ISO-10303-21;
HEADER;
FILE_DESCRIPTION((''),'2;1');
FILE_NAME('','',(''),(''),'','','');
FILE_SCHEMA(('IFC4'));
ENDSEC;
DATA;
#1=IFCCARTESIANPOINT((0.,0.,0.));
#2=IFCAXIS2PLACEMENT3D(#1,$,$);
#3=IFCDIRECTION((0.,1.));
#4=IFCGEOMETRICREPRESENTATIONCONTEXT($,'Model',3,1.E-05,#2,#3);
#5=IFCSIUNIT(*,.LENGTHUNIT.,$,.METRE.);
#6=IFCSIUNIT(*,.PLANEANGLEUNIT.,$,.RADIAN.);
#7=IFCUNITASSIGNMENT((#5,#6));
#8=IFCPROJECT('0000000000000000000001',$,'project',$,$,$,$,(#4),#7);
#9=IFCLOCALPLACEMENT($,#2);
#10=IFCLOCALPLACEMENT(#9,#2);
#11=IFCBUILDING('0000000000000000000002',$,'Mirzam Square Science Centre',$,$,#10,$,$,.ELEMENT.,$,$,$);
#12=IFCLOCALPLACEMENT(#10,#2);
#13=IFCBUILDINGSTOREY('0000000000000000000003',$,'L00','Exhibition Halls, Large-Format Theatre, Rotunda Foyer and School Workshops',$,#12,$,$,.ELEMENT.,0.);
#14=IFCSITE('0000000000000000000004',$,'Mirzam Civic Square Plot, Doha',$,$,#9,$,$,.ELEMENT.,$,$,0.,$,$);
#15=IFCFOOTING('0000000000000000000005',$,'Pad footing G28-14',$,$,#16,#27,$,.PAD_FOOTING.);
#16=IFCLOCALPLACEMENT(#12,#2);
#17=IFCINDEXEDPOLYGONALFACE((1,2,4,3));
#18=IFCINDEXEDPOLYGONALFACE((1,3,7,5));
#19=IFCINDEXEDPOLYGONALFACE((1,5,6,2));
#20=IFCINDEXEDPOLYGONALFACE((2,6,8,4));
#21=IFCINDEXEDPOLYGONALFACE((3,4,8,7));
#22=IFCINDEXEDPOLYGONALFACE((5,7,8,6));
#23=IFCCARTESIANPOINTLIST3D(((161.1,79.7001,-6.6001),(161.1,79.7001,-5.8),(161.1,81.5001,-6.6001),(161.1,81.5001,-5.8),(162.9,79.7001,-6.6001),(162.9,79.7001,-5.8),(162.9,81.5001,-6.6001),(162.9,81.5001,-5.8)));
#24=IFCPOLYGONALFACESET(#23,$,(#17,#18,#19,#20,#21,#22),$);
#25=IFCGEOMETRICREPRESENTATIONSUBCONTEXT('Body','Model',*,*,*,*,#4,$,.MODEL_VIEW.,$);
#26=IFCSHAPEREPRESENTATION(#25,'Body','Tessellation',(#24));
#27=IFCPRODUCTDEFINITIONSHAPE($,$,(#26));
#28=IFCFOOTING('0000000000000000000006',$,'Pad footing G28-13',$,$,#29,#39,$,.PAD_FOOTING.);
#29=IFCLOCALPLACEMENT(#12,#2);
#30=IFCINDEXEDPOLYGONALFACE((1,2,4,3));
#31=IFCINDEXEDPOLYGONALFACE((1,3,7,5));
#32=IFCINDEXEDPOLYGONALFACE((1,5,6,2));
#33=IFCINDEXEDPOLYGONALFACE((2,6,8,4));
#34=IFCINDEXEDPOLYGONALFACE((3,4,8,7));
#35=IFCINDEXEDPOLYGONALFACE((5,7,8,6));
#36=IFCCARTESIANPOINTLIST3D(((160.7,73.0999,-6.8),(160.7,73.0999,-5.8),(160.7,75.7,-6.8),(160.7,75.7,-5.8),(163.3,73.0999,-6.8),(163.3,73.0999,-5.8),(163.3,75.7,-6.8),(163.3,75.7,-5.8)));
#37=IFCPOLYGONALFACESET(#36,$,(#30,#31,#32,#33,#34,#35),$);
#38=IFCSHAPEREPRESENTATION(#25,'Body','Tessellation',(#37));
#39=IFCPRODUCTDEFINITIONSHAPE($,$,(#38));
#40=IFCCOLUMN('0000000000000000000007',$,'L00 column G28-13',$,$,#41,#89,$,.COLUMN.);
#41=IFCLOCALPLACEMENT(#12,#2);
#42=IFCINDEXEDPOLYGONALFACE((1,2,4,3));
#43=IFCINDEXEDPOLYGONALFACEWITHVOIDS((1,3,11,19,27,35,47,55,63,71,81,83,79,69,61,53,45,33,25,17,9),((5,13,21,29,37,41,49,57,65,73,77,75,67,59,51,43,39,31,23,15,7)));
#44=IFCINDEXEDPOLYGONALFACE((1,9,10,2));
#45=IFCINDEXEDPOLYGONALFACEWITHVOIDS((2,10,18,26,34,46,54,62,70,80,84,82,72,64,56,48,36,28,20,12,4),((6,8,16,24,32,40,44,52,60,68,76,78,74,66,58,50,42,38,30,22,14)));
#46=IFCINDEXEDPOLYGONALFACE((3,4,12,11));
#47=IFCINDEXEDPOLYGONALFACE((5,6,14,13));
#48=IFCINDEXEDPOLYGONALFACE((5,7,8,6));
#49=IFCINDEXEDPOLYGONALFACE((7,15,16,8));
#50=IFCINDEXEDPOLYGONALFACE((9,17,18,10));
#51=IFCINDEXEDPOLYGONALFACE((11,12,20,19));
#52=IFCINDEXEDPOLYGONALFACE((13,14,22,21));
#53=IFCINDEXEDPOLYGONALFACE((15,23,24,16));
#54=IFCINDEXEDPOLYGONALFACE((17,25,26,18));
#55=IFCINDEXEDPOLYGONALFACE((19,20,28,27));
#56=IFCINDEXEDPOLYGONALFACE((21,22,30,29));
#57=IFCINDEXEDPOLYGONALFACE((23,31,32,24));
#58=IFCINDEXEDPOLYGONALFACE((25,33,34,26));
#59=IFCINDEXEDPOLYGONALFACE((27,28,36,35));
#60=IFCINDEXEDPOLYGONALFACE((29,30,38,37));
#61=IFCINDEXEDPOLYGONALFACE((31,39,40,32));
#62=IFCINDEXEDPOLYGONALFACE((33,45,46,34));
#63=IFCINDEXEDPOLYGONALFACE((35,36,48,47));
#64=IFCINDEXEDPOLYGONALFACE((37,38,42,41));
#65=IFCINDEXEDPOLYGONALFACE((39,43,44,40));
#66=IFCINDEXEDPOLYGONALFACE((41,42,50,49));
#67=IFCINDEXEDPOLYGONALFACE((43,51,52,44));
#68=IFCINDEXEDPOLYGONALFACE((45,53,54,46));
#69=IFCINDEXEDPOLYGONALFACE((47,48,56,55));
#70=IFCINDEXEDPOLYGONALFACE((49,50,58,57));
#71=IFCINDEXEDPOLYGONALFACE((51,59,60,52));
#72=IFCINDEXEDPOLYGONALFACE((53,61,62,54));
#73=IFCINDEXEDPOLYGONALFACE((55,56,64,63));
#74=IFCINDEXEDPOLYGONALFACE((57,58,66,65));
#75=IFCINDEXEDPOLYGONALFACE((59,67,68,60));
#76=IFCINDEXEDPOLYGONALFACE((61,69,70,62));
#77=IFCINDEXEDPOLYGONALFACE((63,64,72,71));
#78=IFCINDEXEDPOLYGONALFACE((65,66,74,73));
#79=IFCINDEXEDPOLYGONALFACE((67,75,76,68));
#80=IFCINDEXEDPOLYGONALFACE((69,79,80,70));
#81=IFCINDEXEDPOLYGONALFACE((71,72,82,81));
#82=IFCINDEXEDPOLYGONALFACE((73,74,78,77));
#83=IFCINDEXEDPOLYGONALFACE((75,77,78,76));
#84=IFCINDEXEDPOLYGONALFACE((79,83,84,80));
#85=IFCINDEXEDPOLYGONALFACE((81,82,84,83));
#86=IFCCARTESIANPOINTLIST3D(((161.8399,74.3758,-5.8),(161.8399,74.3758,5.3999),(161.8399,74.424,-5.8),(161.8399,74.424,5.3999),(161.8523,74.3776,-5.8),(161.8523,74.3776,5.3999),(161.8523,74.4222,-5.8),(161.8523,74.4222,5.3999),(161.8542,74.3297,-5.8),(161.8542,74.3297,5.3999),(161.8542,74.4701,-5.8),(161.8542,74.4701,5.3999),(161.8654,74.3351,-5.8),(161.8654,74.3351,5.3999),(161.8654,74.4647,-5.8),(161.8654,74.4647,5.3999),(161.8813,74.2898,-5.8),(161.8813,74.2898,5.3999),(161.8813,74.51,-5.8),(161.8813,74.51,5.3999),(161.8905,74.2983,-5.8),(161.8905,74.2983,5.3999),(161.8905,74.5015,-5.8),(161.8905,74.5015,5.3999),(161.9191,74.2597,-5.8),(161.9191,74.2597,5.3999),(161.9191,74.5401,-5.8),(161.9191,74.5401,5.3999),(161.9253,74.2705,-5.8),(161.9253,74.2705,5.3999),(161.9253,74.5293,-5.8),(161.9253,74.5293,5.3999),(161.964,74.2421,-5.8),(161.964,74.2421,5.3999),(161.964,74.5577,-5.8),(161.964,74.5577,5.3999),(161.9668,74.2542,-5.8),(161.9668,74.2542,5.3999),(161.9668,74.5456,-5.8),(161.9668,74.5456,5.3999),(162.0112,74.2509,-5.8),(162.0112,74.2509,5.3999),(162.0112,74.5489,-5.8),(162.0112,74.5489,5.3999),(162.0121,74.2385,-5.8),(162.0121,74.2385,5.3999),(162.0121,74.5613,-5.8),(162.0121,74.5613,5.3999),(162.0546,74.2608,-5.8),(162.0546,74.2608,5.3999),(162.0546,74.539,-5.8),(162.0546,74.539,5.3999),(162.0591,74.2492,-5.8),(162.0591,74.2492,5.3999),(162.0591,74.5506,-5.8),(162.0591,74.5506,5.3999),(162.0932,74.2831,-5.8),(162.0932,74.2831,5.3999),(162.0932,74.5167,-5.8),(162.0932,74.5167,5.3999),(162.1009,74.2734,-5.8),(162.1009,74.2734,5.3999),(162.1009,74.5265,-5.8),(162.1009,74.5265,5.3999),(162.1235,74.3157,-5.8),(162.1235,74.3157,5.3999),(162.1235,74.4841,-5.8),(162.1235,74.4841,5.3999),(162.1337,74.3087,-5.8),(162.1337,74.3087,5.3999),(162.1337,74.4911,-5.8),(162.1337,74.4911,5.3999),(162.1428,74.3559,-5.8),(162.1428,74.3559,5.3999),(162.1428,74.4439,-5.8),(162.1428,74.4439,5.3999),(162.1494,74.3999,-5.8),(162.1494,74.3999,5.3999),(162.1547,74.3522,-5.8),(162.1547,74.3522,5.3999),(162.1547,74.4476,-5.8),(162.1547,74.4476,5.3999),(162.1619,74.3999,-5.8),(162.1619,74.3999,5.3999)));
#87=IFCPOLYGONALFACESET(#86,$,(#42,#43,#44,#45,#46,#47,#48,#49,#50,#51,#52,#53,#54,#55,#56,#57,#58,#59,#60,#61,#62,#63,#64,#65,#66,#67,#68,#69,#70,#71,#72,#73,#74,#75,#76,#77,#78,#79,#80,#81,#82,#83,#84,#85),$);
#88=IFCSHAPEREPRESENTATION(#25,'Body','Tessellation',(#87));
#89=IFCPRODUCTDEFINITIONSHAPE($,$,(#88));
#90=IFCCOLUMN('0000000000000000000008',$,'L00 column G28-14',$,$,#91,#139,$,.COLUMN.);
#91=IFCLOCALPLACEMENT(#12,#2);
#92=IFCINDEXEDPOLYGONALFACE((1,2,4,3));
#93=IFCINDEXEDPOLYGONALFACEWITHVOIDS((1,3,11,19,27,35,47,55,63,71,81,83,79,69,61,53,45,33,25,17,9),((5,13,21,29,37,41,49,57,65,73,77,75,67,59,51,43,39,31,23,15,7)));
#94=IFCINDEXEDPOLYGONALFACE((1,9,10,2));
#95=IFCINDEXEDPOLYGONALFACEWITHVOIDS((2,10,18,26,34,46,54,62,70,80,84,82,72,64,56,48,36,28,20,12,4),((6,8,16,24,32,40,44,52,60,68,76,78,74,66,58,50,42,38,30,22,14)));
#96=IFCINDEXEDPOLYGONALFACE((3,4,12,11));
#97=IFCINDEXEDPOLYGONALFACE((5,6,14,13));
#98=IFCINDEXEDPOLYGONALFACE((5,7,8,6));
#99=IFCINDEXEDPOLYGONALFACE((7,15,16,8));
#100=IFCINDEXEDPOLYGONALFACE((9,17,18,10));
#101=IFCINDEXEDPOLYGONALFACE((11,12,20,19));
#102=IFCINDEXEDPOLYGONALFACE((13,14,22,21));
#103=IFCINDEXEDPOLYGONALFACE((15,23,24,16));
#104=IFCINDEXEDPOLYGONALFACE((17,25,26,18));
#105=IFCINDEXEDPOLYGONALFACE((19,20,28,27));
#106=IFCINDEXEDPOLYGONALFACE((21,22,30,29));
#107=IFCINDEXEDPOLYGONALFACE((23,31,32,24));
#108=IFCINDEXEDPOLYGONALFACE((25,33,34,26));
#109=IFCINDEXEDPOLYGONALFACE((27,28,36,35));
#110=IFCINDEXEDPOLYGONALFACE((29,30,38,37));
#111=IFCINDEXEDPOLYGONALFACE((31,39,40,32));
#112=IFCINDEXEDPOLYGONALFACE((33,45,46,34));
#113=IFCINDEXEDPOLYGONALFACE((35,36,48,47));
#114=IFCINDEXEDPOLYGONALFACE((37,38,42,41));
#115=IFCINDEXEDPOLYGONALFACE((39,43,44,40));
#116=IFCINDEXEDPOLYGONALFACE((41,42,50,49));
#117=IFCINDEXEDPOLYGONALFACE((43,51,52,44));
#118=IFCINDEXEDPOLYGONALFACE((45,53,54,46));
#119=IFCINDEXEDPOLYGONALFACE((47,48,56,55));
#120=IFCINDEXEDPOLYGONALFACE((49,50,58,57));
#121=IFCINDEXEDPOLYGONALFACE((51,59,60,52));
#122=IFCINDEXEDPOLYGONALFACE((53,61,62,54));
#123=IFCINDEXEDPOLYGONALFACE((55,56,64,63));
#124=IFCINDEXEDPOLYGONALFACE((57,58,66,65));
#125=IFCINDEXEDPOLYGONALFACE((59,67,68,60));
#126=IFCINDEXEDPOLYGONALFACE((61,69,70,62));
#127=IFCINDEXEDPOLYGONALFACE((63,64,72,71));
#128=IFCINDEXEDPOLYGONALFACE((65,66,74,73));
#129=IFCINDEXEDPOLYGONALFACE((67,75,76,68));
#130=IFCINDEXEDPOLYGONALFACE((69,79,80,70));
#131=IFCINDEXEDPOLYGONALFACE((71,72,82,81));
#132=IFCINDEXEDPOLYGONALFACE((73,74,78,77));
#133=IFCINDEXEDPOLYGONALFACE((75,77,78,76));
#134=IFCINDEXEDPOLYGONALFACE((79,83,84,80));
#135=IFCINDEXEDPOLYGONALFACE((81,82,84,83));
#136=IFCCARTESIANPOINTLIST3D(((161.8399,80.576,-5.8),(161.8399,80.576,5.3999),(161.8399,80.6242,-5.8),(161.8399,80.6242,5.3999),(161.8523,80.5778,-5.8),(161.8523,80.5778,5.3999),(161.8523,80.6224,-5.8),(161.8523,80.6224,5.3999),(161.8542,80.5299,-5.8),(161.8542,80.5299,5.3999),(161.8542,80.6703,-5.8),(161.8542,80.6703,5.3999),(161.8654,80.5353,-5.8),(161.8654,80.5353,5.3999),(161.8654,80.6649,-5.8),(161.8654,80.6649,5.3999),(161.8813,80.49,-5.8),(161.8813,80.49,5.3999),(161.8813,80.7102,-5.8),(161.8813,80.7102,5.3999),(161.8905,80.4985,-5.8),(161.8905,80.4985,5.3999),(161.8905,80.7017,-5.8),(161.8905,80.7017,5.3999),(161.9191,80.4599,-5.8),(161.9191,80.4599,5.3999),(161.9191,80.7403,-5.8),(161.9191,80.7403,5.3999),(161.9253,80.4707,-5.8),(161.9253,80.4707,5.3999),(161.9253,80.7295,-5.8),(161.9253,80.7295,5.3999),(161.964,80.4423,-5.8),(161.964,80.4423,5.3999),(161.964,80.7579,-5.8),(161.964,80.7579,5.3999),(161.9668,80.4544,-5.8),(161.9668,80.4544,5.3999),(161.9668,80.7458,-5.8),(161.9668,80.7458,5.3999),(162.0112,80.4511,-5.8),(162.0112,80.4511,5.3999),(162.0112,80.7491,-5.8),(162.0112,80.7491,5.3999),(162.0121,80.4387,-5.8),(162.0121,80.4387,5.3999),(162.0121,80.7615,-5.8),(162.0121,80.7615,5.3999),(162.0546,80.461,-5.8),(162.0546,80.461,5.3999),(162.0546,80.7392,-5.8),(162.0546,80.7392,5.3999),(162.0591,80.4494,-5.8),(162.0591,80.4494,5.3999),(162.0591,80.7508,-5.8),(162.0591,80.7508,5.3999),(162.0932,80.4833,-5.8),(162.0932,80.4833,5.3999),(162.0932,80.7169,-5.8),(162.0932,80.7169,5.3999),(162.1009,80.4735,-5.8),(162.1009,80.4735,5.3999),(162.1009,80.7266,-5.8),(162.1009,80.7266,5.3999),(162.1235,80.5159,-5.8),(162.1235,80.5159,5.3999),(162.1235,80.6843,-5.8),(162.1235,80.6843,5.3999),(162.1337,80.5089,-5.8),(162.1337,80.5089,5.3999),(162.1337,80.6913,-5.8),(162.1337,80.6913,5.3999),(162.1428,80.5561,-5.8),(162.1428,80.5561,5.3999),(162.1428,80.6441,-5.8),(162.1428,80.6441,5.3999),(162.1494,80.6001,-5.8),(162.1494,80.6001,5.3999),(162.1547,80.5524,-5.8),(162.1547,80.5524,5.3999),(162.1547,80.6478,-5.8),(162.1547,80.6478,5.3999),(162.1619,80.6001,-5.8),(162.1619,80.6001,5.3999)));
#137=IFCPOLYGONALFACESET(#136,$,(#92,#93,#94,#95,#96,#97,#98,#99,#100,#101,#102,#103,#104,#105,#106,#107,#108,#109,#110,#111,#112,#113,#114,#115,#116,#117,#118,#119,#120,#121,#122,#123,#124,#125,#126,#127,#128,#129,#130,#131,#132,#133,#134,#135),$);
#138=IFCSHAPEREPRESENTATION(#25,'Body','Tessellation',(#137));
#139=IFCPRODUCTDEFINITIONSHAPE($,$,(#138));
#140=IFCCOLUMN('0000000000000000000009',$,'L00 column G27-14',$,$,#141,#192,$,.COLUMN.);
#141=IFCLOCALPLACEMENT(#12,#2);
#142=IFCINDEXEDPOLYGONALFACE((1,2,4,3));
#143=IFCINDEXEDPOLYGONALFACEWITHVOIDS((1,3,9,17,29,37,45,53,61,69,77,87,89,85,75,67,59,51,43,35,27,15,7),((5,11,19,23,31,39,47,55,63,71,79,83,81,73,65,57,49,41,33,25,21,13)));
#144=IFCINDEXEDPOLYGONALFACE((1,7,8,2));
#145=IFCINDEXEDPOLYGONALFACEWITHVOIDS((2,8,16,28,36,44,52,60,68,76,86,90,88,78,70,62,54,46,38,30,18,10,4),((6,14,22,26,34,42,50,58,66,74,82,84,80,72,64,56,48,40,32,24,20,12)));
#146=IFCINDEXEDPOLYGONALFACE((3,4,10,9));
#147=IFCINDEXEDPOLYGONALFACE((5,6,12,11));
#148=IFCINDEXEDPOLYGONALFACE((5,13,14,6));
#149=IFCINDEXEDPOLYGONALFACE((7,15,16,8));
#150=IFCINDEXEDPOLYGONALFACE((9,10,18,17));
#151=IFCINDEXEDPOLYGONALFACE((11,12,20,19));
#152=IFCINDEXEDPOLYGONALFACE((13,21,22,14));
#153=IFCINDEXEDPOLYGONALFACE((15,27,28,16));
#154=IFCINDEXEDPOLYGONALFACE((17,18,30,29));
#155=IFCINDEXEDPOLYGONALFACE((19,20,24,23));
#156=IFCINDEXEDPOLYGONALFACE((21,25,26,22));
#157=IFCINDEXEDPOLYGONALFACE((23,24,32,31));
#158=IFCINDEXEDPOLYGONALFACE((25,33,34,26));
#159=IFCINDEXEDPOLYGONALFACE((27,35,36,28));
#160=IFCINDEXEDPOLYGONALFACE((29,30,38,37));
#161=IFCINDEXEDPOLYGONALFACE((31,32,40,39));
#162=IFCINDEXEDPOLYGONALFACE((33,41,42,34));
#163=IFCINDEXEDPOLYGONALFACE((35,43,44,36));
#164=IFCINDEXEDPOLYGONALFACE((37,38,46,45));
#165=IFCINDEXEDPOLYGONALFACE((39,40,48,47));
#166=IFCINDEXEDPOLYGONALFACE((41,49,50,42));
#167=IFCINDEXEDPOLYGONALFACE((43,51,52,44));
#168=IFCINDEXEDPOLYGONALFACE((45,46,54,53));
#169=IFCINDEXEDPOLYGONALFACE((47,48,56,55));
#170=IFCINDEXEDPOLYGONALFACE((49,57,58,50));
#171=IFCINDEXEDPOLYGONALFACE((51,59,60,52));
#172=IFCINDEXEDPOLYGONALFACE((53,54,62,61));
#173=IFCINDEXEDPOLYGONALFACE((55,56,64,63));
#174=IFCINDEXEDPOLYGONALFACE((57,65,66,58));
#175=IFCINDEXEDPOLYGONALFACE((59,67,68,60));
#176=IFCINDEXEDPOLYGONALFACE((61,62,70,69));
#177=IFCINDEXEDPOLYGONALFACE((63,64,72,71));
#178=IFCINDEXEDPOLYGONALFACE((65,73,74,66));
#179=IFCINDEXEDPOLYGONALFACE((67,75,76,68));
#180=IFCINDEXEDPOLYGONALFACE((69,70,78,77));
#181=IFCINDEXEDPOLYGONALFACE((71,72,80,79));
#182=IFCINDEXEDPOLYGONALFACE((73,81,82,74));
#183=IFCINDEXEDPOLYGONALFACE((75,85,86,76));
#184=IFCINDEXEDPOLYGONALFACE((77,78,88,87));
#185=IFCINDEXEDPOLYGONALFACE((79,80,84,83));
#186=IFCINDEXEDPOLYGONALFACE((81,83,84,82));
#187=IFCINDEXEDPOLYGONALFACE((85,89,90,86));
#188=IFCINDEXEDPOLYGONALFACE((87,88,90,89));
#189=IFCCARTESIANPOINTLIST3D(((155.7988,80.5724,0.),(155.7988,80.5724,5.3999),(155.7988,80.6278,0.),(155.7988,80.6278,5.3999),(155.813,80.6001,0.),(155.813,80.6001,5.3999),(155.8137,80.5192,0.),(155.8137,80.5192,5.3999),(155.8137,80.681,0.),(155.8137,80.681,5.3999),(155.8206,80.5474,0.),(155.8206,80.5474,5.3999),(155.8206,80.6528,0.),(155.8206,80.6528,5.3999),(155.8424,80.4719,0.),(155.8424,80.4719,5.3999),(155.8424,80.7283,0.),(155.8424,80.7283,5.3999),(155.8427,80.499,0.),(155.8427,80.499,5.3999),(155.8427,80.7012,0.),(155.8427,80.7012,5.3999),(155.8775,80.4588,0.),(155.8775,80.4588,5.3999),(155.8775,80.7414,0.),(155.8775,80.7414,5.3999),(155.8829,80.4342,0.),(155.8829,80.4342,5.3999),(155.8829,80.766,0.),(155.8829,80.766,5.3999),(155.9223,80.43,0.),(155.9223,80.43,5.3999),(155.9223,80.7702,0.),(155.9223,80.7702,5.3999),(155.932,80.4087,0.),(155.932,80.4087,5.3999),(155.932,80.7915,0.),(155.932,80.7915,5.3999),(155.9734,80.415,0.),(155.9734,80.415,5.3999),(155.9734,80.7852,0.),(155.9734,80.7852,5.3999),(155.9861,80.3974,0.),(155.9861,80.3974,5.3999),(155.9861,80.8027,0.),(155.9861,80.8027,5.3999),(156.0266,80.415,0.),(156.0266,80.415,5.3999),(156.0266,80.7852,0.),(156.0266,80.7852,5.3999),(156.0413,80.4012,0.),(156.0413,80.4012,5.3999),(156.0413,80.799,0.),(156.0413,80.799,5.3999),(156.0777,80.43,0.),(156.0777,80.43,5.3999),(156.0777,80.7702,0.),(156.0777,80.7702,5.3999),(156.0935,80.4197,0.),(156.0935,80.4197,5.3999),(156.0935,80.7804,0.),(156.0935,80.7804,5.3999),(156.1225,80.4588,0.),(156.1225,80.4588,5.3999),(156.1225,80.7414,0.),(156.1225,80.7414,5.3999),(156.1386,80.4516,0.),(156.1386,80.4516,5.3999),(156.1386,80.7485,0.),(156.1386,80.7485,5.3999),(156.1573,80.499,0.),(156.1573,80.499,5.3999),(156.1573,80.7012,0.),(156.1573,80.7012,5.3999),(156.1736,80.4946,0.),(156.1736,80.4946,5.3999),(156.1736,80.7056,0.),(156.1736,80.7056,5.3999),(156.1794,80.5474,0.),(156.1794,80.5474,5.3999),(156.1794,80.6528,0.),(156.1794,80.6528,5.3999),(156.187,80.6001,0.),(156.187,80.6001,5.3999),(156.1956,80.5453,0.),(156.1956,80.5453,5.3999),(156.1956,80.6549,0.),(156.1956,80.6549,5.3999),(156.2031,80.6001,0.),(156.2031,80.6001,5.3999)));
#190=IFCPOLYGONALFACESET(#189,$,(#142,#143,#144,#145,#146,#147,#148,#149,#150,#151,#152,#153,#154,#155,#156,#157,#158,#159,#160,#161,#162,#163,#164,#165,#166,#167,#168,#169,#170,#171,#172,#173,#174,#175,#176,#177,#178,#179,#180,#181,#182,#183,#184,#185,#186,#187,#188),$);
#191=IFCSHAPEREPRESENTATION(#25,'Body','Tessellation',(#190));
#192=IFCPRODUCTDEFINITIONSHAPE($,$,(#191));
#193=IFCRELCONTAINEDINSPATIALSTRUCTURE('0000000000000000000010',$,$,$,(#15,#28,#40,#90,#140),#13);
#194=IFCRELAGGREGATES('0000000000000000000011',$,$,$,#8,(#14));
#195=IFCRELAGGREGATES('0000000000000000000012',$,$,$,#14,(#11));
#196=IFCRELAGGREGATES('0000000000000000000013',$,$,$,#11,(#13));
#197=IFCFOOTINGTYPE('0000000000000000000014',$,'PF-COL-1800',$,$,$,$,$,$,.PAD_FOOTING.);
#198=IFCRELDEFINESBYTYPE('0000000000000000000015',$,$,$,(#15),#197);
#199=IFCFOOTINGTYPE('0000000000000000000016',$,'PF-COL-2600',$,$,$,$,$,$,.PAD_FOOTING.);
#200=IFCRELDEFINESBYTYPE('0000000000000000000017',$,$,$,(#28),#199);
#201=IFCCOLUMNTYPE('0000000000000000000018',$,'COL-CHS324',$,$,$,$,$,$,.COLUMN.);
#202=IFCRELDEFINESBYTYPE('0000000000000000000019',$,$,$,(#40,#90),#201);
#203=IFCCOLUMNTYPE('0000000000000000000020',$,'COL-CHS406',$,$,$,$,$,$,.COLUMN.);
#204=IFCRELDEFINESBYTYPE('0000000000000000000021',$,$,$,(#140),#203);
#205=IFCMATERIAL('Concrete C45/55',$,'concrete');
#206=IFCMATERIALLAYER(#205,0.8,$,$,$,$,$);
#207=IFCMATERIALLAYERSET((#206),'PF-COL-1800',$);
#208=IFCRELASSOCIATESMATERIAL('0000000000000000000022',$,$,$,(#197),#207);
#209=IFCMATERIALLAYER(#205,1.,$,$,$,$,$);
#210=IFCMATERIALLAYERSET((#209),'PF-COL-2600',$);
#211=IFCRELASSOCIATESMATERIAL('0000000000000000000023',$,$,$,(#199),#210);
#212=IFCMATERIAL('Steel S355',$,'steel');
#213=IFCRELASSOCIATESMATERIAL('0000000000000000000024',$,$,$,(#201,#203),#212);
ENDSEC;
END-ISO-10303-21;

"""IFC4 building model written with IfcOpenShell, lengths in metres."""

from ifc_helpers import new_model, si_unit, direction, frame, origin, origin_2d, place, context, subcontext, project, spatial, rectangle, hollow_circle, extrude, material, layer, layer_set, material_profile, profile_set, type_object, element, save


model = new_model("IFC4")

# Units and contexts
model_context = context("Model", 3, precision=1e-05, world=origin(), true_north=direction((0.0, 1.0)))
body_context = subcontext(model_context, "Body", "Model", "MODEL_VIEW")
ifc_project = project(units=[si_unit("LENGTHUNIT", "METRE"), si_unit("PLANEANGLEUNIT", "RADIAN")], contexts=[model_context])

# Site, building, storey
site_placement = place(None, origin())
site = spatial("IfcSite", under=ifc_project, at=site_placement, Name="Mirzam Civic Square Plot, Doha", CompositionType="ELEMENT", RefElevation=0.0)
building_placement = place(site_placement, origin())
building = spatial("IfcBuilding", under=site, at=building_placement, Name="Mirzam Square Science Centre", CompositionType="ELEMENT")
storey_placement = place(building_placement, origin())
storey = spatial("IfcBuildingStorey", under=building, at=storey_placement, Name="L00", Description="Exhibition Halls, Large-Format Theatre, Rotunda Foyer and School Workshops", CompositionType="ELEMENT", Elevation=0.0)

# Footings
ifc_material_1 = material(Name="Concrete C45/55", Category="concrete")
ifc_layer_1 = layer(ifc_material_1, 0.8)
ifc_layer_set_1 = layer_set([ifc_layer_1], Name="PF-COL-1800")
footing_type_1 = type_object("IfcFootingType", Name="PF-COL-1800", PredefinedType="PAD_FOOTING", material=ifc_layer_set_1)
footing_1_placement = place(storey_placement, frame((162.0, 80.6001, -6.6001), z_axis=(0.0, 0.0, 1.0), x_axis=(1.0, 0.0, 0.0)))
element("IfcFooting", 1, at=footing_1_placement, inside=storey, type_object=footing_type_1, Name="Pad footing G28-14", PredefinedType="PAD_FOOTING", context=body_context, shape_type="SweptSolid", body=[
    extrude(rectangle(XDim=1.8, YDim=1.8, at=origin_2d()), origin(), (0.0, 0.0, 1.0), 0.8),
])
ifc_layer_2 = layer(ifc_material_1, 1.0)
ifc_layer_set_2 = layer_set([ifc_layer_2], Name="PF-COL-2600")
footing_type_2 = type_object("IfcFootingType", Name="PF-COL-2600", PredefinedType="PAD_FOOTING", material=ifc_layer_set_2)
footing_2_placement = place(storey_placement, frame((162.0, 74.3999, -6.8), z_axis=(0.0, 0.0, 1.0), x_axis=(1.0, 0.0, 0.0)))
element("IfcFooting", 2, at=footing_2_placement, inside=storey, type_object=footing_type_2, Name="Pad footing G28-13", PredefinedType="PAD_FOOTING", context=body_context, shape_type="SweptSolid", body=[
    extrude(rectangle(XDim=2.6001, YDim=2.6001, at=origin_2d()), origin(), (0.0, 0.0, 1.0), 1.0),
])

# Columns
ifc_material_2 = material(Name="Steel S355", Category="steel")
ifc_material_profile_1 = material_profile(ifc_material_2, hollow_circle(Radius=0.1619, WallThickness=0.0125, at=origin_2d()), Name="323.9x12.5CHS")
ifc_profile_set_1 = profile_set([ifc_material_profile_1], Name="Steel S355")
column_type_1 = type_object("IfcColumnType", Name="COL-CHS324", PredefinedType="COLUMN", material=ifc_profile_set_1)
for number, where, z_axis, x_axis, name in (
    (3, (162.0, 74.3999, -5.8), (0.0, 0.0, 1.0), (1.0, 0.0, 0.0), "L00 column G28-13"),
    (4, (162.0, 80.6001, -5.8), (0.0, 0.0, 1.0), (1.0, 0.0, 0.0), "L00 column G28-14"),
):
    element("IfcColumn", number, at=place(storey_placement, frame(where, z_axis=z_axis, x_axis=x_axis)), inside=storey, type_object=column_type_1, Name=name, PredefinedType="COLUMN", context=body_context, shape_type="SweptSolid", body=[
        extrude(hollow_circle(Radius=0.1619, WallThickness=0.0125, at=origin_2d()), origin(), (0.0, 0.0, 1.0), 11.2),
    ])
ifc_material_profile_2 = material_profile(ifc_material_2, hollow_circle(Radius=0.2031, WallThickness=0.0161, at=origin_2d()), Name="406.4x16.0CHS")
ifc_profile_set_2 = profile_set([ifc_material_profile_2], Name="Steel S355")
column_type_2 = type_object("IfcColumnType", Name="COL-CHS406", PredefinedType="COLUMN", material=ifc_profile_set_2)
column_placement = place(storey_placement, frame((156.0, 80.6001, 0.0), z_axis=(0.0, 0.0, 1.0), x_axis=(1.0, 0.0, 0.0)))
element("IfcColumn", 5, at=column_placement, inside=storey, type_object=column_type_2, Name="L00 column G27-14", PredefinedType="COLUMN", context=body_context, shape_type="SweptSolid", body=[
    extrude(hollow_circle(Radius=0.2031, WallThickness=0.0161, at=origin_2d()), origin(), (0.0, 0.0, 1.0), 5.3999),
])

save(model, "model.ifc")
